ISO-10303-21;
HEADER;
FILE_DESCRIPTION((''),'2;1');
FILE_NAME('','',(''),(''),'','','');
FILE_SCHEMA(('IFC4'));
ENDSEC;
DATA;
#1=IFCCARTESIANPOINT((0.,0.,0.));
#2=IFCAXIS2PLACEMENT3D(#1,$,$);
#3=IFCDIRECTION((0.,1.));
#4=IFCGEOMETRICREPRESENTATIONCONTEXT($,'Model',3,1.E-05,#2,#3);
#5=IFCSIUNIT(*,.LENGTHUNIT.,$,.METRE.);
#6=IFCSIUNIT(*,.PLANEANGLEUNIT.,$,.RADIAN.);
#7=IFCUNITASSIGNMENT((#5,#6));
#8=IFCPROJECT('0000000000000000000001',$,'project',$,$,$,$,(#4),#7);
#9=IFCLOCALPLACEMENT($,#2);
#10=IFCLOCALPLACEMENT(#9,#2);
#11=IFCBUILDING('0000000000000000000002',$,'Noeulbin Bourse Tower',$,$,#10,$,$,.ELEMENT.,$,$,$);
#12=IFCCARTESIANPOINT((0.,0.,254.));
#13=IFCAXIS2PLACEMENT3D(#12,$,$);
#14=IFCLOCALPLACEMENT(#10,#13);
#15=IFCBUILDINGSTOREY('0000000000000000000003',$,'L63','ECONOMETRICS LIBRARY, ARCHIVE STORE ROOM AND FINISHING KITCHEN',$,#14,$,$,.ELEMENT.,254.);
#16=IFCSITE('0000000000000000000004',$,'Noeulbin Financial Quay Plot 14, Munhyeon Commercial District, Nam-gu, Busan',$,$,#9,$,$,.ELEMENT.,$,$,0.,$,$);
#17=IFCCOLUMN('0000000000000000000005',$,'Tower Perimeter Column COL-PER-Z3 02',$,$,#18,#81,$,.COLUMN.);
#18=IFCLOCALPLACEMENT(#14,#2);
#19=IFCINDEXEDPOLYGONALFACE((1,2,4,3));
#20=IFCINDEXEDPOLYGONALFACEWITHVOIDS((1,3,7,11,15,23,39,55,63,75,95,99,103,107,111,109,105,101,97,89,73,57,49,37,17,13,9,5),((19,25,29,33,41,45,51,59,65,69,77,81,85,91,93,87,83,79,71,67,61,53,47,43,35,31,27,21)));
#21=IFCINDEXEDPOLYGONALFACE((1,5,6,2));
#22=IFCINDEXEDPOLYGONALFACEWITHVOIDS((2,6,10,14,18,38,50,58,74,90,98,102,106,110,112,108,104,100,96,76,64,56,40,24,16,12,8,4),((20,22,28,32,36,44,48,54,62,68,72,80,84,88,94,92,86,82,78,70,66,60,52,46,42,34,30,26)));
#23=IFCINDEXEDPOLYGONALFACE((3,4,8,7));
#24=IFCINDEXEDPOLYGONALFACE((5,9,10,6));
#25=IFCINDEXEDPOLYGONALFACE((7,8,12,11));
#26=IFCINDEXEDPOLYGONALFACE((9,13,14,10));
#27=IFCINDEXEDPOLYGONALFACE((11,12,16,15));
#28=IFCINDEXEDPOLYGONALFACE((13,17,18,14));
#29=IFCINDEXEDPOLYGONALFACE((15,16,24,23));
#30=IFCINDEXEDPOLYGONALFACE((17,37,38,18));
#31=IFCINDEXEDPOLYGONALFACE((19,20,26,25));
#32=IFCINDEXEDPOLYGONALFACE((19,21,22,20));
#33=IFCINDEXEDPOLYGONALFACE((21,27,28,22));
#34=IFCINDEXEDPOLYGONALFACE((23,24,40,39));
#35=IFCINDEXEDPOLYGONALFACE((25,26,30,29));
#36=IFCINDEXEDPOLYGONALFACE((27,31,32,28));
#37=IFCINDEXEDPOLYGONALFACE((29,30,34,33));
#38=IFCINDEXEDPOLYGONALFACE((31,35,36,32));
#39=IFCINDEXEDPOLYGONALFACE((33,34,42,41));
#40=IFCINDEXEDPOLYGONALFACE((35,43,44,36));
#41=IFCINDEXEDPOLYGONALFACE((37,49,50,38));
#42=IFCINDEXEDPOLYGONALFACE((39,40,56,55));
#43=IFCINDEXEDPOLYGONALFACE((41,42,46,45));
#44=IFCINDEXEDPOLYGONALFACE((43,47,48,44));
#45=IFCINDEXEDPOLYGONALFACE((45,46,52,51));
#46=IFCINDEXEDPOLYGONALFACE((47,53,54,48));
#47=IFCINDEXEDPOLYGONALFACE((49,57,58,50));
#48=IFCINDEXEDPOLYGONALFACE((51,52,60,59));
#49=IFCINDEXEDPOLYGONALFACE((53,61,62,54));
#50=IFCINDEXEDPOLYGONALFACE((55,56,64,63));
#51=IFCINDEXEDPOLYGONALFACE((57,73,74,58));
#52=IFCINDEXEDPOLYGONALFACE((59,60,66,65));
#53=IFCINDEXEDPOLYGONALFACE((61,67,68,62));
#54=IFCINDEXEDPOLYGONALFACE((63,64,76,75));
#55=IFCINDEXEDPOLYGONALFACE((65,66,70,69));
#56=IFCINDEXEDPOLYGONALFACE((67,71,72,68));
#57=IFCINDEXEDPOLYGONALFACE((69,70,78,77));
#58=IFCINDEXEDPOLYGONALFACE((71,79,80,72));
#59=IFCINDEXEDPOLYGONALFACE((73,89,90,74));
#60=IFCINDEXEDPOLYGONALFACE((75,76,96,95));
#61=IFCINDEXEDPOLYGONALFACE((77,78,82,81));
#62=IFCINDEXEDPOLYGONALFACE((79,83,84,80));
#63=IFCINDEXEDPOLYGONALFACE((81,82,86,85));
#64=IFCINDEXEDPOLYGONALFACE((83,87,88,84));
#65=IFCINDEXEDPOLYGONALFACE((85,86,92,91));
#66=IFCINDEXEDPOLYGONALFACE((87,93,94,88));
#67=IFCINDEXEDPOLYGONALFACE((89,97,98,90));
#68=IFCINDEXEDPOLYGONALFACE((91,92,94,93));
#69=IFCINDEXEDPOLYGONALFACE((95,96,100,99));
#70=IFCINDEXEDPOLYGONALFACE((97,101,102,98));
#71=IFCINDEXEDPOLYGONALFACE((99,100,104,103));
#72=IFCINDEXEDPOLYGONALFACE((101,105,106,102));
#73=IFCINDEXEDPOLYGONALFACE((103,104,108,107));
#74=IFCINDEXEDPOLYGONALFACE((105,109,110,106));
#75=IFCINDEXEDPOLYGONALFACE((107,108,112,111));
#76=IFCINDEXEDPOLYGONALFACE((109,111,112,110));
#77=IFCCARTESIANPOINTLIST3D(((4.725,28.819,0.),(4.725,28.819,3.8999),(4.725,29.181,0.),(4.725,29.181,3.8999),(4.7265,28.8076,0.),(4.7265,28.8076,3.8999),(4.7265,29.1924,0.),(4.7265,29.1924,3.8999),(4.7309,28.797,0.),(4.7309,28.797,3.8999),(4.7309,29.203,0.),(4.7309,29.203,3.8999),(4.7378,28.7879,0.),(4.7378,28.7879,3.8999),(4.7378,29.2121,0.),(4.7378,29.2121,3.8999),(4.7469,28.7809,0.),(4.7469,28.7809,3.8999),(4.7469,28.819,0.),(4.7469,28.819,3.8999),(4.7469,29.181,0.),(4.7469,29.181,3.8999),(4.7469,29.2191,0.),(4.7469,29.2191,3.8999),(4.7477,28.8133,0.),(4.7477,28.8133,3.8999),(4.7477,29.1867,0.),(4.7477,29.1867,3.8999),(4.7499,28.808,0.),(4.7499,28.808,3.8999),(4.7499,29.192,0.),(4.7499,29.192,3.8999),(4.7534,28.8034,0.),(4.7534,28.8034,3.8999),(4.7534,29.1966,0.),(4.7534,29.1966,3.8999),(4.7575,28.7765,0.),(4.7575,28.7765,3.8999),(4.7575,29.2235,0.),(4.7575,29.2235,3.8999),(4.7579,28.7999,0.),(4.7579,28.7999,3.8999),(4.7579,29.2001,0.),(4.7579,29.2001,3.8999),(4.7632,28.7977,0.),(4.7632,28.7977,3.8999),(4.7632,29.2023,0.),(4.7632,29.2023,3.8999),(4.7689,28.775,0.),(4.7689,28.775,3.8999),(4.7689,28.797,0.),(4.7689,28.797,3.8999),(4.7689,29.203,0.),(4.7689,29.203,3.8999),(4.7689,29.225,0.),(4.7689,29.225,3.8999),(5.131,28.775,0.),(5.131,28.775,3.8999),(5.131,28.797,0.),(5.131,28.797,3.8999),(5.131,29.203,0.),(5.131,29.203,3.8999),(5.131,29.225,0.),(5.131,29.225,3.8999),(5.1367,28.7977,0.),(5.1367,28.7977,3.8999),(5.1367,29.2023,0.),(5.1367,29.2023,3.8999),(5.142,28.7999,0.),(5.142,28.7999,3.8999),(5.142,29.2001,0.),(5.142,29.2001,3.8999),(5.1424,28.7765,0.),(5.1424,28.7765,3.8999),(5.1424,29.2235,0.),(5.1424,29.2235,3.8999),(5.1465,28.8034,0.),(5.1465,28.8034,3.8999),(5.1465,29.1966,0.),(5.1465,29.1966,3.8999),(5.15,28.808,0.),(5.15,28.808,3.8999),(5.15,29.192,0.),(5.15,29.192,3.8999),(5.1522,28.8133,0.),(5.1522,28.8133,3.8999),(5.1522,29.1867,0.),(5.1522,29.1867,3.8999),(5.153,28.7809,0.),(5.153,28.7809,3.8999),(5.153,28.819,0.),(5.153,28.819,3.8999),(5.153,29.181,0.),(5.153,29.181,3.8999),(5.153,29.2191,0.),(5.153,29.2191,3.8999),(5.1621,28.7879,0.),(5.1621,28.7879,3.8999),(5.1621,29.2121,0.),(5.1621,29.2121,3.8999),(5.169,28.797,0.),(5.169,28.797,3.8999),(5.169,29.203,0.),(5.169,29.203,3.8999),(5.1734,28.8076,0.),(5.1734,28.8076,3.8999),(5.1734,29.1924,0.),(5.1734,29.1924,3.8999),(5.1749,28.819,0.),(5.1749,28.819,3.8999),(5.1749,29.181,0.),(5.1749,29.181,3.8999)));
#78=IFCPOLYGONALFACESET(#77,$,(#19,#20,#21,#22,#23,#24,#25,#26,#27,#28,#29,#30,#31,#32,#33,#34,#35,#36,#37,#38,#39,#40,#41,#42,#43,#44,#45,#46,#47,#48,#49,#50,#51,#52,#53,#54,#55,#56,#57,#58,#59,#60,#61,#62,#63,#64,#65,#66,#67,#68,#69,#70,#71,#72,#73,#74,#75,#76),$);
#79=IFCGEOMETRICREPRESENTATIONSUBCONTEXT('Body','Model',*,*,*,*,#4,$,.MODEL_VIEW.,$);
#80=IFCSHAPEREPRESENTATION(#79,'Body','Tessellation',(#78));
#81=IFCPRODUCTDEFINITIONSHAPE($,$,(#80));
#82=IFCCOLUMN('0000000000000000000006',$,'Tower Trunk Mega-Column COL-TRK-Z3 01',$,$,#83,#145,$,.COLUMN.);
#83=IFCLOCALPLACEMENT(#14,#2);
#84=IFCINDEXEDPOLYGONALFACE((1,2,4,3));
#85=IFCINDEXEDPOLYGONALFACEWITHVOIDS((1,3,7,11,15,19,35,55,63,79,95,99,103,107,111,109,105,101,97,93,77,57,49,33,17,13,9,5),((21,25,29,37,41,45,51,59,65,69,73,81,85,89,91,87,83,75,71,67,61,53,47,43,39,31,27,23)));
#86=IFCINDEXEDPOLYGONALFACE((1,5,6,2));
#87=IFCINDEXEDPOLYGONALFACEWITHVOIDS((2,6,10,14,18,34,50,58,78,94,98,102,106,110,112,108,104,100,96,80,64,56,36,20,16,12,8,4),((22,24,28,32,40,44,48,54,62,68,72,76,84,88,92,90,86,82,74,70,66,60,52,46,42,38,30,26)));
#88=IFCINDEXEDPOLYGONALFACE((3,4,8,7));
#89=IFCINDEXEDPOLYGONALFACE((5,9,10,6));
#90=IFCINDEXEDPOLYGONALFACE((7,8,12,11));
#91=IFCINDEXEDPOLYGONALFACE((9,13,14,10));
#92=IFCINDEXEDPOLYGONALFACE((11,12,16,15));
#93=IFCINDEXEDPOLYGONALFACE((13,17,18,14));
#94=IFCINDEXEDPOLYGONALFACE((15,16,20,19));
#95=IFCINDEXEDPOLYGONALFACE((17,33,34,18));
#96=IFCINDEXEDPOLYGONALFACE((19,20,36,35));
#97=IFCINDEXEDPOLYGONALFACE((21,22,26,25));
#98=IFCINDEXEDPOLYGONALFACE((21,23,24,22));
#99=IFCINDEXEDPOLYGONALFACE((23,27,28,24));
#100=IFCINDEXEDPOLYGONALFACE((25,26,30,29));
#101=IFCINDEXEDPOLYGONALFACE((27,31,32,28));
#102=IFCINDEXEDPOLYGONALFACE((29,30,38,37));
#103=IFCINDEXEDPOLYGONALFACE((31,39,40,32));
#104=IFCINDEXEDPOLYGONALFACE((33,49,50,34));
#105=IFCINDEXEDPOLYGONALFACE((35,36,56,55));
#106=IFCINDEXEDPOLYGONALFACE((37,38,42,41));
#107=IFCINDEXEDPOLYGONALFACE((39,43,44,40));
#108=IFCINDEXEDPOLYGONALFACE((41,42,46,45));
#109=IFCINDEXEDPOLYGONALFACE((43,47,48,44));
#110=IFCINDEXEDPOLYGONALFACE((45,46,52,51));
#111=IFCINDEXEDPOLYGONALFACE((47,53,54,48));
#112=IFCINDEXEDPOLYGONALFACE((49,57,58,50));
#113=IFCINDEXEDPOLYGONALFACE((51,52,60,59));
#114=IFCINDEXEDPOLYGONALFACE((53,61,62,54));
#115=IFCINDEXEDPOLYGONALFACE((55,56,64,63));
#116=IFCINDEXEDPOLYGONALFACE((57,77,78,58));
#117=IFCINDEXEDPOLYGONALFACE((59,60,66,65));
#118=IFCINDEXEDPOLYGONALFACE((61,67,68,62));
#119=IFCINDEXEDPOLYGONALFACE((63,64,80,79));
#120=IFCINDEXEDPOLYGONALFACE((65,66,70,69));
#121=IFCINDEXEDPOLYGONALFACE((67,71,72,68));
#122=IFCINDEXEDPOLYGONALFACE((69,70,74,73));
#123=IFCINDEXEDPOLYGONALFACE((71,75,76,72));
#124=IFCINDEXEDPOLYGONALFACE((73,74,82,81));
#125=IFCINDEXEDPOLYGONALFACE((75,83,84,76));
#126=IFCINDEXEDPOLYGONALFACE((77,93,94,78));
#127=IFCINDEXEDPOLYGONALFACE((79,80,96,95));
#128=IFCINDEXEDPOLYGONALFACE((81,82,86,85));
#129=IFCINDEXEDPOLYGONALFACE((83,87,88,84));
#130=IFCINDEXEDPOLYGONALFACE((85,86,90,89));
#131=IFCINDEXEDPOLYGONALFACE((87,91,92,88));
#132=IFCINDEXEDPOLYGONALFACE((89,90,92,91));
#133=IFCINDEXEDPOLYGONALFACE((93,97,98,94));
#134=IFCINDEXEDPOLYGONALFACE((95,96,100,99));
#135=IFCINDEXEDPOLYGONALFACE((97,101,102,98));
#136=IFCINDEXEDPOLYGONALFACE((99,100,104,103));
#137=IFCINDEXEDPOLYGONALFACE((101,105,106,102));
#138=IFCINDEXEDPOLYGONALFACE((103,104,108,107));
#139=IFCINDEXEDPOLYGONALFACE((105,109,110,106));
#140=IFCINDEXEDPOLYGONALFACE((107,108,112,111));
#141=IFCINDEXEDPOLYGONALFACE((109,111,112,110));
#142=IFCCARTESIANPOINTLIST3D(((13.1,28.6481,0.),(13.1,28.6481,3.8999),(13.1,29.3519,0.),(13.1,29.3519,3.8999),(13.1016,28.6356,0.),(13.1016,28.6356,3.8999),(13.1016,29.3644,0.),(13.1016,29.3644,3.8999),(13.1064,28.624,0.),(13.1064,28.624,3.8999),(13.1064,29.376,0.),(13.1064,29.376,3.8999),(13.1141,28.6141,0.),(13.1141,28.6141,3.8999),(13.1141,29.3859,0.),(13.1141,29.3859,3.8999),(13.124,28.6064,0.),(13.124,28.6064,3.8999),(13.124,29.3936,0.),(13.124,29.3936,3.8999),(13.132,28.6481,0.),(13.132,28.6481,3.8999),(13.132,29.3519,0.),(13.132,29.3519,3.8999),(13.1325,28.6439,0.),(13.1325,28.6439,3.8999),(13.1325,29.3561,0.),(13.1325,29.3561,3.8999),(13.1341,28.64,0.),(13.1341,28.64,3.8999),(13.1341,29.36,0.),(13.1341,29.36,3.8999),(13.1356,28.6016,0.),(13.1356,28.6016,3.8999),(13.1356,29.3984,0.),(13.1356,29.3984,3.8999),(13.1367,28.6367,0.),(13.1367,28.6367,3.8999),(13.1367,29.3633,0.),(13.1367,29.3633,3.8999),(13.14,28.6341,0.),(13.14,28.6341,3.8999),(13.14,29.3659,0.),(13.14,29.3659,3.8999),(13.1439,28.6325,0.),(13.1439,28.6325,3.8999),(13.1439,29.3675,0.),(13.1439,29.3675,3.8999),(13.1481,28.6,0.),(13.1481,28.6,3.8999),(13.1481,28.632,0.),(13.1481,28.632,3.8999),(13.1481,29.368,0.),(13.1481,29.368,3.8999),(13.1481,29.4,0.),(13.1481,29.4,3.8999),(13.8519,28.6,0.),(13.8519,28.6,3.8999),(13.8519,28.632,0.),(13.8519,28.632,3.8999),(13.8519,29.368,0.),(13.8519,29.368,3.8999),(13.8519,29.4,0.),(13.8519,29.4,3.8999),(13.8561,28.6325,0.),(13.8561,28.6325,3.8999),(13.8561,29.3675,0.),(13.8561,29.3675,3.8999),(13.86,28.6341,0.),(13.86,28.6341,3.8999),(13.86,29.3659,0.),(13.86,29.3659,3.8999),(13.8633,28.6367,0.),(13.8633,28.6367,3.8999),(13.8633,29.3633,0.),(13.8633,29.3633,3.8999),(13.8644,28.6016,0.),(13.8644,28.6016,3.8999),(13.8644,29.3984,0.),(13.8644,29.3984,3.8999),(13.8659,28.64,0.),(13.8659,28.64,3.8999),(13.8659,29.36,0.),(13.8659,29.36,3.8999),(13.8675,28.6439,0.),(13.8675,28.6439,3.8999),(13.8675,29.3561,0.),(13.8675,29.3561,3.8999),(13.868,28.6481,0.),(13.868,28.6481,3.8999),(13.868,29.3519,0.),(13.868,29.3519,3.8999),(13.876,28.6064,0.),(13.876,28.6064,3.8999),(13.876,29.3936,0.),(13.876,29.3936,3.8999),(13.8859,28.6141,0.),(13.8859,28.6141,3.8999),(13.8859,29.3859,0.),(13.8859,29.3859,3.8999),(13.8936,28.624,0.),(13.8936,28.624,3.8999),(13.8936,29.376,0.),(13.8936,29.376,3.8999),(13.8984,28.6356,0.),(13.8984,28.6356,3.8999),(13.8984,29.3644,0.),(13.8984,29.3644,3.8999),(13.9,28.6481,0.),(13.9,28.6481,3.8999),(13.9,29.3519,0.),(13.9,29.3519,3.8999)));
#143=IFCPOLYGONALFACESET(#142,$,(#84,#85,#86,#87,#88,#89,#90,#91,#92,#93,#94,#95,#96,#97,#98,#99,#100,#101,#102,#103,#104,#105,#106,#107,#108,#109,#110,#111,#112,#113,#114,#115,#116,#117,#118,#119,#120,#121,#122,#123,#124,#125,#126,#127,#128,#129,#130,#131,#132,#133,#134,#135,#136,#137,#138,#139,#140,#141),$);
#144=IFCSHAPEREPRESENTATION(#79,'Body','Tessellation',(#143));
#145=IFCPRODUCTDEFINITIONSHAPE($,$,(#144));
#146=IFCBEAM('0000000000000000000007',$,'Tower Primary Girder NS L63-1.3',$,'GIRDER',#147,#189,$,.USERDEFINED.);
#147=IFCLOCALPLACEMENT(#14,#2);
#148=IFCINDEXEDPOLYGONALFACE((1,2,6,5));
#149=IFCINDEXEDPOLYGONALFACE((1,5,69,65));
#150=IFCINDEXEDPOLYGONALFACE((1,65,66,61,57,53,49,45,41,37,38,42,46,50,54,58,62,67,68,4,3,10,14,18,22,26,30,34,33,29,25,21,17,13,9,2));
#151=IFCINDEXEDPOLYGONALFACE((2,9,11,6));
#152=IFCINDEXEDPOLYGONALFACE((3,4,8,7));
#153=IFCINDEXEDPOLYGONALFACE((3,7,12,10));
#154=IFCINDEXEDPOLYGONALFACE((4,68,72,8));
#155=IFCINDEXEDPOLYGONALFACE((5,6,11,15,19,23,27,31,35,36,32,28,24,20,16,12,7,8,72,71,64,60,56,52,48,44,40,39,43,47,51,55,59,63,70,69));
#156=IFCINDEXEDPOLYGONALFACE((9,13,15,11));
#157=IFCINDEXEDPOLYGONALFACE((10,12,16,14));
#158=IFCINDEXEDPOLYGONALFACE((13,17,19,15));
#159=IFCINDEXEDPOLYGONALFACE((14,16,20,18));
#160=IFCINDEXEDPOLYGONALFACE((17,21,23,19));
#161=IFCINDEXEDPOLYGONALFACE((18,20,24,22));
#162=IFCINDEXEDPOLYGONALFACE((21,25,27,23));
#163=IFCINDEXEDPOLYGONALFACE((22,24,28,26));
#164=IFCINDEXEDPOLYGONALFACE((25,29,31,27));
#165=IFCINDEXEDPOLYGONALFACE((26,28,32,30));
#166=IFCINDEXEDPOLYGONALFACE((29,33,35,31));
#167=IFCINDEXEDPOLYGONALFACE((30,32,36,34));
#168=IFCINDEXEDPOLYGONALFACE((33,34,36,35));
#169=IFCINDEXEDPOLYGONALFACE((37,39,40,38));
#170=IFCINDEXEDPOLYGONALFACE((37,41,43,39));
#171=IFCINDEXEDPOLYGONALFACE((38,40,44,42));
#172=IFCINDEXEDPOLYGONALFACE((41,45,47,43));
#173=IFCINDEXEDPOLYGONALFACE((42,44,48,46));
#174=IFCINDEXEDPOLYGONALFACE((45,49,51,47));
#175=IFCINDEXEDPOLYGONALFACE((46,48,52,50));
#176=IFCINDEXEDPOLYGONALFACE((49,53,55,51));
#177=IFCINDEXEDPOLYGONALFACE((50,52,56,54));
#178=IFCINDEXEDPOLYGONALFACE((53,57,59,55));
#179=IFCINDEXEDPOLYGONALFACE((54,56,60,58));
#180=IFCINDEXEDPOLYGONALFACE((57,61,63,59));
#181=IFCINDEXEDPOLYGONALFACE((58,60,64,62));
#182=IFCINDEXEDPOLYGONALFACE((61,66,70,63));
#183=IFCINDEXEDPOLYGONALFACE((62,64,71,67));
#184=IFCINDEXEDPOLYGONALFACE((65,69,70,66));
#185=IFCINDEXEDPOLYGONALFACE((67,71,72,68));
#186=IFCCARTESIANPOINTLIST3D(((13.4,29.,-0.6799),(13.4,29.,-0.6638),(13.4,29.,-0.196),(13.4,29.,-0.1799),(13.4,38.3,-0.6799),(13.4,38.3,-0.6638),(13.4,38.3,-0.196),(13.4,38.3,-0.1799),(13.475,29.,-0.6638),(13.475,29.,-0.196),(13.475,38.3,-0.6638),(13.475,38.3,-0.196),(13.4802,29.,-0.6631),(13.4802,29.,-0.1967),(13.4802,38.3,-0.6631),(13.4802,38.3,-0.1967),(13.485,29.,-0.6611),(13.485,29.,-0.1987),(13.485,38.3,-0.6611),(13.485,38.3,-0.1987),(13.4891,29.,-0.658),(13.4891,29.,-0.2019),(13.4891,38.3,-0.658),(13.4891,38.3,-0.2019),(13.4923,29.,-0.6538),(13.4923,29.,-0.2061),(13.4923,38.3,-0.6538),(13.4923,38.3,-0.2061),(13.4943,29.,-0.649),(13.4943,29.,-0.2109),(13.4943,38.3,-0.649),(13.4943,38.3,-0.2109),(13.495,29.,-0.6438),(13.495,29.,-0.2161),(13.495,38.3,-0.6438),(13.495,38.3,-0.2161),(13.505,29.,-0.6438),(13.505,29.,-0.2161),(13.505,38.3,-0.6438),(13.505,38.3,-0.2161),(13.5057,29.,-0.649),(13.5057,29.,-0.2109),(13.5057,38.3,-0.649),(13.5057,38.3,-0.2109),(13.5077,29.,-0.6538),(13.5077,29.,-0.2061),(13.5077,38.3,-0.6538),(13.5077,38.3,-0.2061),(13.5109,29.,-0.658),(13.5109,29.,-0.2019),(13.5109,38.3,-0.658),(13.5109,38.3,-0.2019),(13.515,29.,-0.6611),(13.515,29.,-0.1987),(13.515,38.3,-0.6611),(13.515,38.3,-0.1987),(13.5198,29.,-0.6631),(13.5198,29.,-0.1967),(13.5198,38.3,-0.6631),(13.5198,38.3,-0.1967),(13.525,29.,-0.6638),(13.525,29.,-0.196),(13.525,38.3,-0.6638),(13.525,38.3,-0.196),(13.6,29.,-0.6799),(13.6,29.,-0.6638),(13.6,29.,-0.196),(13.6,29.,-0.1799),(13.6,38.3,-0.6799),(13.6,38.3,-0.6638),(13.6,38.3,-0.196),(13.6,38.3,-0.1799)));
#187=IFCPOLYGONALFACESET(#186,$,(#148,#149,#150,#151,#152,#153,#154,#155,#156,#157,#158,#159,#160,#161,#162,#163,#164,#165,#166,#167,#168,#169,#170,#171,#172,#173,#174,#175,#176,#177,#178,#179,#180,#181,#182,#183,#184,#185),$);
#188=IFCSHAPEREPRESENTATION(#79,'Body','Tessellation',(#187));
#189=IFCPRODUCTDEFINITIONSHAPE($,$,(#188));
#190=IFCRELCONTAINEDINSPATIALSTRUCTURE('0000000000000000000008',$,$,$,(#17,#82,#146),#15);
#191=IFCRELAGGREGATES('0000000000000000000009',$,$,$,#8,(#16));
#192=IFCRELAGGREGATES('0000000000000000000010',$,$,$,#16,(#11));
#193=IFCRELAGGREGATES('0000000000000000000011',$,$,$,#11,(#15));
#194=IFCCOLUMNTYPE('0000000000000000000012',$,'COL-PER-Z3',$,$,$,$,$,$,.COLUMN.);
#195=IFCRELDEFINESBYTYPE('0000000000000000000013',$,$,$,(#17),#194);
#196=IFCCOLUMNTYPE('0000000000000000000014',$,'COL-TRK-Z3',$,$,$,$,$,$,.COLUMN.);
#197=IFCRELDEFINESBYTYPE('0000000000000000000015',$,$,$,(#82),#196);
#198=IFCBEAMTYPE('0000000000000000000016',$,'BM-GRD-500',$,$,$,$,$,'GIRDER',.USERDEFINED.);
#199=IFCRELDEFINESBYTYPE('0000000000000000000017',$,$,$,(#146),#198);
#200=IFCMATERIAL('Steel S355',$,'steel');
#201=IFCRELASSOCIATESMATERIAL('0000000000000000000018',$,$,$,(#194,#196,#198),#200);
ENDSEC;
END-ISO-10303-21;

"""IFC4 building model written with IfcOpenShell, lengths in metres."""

from ifc_helpers import new_model, si_unit, direction, frame, origin, origin_2d, place, context, subcontext, project, spatial, hollow_rectangle, i_section, extrude, material, material_profile, profile_set, type_object, element, save


model = new_model("IFC4")

# Units and contexts
model_context = context("Model", 3, precision=1e-05, world=origin(), true_north=direction((0.0, 1.0)))
body_context = subcontext(model_context, "Body", "Model", "MODEL_VIEW")
ifc_project = project(units=[si_unit("LENGTHUNIT", "METRE"), si_unit("PLANEANGLEUNIT", "RADIAN")], contexts=[model_context])

# Site, building, storey
site_placement = place(None, origin())
site = spatial("IfcSite", under=ifc_project, at=site_placement, Name="Noeulbin Financial Quay Plot 14, Munhyeon Commercial District, Nam-gu, Busan", CompositionType="ELEMENT", RefElevation=0.0)
building_placement = place(site_placement, origin())
building = spatial("IfcBuilding", under=site, at=building_placement, Name="Noeulbin Bourse Tower", CompositionType="ELEMENT")
storey_placement = place(building_placement, frame((0.0, 0.0, 254.0)))
storey = spatial("IfcBuildingStorey", under=building, at=storey_placement, Name="L63", Description="ECONOMETRICS LIBRARY, ARCHIVE STORE ROOM AND FINISHING KITCHEN", CompositionType="ELEMENT", Elevation=254.0)

# Columns
ifc_material_1 = material(Name="Steel S355", Category="steel")
ifc_material_profile_1 = material_profile(ifc_material_1, hollow_rectangle(XDim=0.45, YDim=0.45, WallThickness=0.022, InnerFilletRadius=0.022, OuterFilletRadius=0.0439, at=origin_2d()), Name="SHS-450x450x22", Category="LoadBearing")
ifc_profile_set_1 = profile_set([ifc_material_profile_1], Name="Steel S355")
column_type_1 = type_object("IfcColumnType", Name="COL-PER-Z3", PredefinedType="COLUMN", material=ifc_profile_set_1)
column_1_placement = place(storey_placement, frame((4.95, 29.0, 0.0), z_axis=(0.0, 0.0, 1.0), x_axis=(1.0, 0.0, 0.0)))
element("IfcColumn", 1, at=column_1_placement, inside=storey, type_object=column_type_1, Name="Tower Perimeter Column COL-PER-Z3 02", PredefinedType="COLUMN", context=body_context, shape_type="SweptSolid", body=[
    extrude(hollow_rectangle(XDim=0.45, YDim=0.45, WallThickness=0.022, InnerFilletRadius=0.022, OuterFilletRadius=0.0439, at=origin_2d()), origin(), (0.0, 0.0, 1.0), 3.8999),
])
ifc_material_profile_2 = material_profile(ifc_material_1, hollow_rectangle(XDim=0.8, YDim=0.8, WallThickness=0.032, InnerFilletRadius=0.0161, OuterFilletRadius=0.0481, at=origin_2d()), Name="BOX-800x800x32", Category="LoadBearing")
ifc_profile_set_2 = profile_set([ifc_material_profile_2], Name="Steel S355")
column_type_2 = type_object("IfcColumnType", Name="COL-TRK-Z3", PredefinedType="COLUMN", material=ifc_profile_set_2)
column_2_placement = place(storey_placement, frame((13.5, 29.0, 0.0), z_axis=(0.0, 0.0, 1.0), x_axis=(1.0, 0.0, 0.0)))
element("IfcColumn", 2, at=column_2_placement, inside=storey, type_object=column_type_2, Name="Tower Trunk Mega-Column COL-TRK-Z3 01", PredefinedType="COLUMN", context=body_context, shape_type="SweptSolid", body=[
    extrude(hollow_rectangle(XDim=0.8, YDim=0.8, WallThickness=0.032, InnerFilletRadius=0.0161, OuterFilletRadius=0.0481, at=origin_2d()), origin(), (0.0, 0.0, 1.0), 3.8999),
])

# Beam
ifc_material_profile_3 = material_profile(ifc_material_1, i_section(OverallWidth=0.2, OverallDepth=0.5, WebThickness=0.01, FlangeThickness=0.0161, FilletRadius=0.02, at=origin_2d()), Name="H-500x200x10x16", Category="LoadBearing")
ifc_profile_set_3 = profile_set([ifc_material_profile_3], Name="Steel S355")
beam_type_1 = type_object("IfcBeamType", Name="BM-GRD-500", ElementType="GIRDER", PredefinedType="USERDEFINED", material=ifc_profile_set_3)
beam_1_placement = place(storey_placement, frame((13.5, 29.0, -0.4299), z_axis=(0.0, 1.0, 0.0), x_axis=(-1.0, 0.0, 0.0)))
element("IfcBeam", 3, at=beam_1_placement, inside=storey, type_object=beam_type_1, Name="Tower Primary Girder NS L63-1.3", ObjectType="GIRDER", PredefinedType="USERDEFINED", context=body_context, shape_type="SweptSolid", body=[
    extrude(i_section(OverallWidth=0.2, OverallDepth=0.5, WebThickness=0.01, FlangeThickness=0.0161, FilletRadius=0.02, at=origin_2d()), origin(), (0.0, 0.0, 1.0), 9.3),
])

save(model, "model.ifc")
